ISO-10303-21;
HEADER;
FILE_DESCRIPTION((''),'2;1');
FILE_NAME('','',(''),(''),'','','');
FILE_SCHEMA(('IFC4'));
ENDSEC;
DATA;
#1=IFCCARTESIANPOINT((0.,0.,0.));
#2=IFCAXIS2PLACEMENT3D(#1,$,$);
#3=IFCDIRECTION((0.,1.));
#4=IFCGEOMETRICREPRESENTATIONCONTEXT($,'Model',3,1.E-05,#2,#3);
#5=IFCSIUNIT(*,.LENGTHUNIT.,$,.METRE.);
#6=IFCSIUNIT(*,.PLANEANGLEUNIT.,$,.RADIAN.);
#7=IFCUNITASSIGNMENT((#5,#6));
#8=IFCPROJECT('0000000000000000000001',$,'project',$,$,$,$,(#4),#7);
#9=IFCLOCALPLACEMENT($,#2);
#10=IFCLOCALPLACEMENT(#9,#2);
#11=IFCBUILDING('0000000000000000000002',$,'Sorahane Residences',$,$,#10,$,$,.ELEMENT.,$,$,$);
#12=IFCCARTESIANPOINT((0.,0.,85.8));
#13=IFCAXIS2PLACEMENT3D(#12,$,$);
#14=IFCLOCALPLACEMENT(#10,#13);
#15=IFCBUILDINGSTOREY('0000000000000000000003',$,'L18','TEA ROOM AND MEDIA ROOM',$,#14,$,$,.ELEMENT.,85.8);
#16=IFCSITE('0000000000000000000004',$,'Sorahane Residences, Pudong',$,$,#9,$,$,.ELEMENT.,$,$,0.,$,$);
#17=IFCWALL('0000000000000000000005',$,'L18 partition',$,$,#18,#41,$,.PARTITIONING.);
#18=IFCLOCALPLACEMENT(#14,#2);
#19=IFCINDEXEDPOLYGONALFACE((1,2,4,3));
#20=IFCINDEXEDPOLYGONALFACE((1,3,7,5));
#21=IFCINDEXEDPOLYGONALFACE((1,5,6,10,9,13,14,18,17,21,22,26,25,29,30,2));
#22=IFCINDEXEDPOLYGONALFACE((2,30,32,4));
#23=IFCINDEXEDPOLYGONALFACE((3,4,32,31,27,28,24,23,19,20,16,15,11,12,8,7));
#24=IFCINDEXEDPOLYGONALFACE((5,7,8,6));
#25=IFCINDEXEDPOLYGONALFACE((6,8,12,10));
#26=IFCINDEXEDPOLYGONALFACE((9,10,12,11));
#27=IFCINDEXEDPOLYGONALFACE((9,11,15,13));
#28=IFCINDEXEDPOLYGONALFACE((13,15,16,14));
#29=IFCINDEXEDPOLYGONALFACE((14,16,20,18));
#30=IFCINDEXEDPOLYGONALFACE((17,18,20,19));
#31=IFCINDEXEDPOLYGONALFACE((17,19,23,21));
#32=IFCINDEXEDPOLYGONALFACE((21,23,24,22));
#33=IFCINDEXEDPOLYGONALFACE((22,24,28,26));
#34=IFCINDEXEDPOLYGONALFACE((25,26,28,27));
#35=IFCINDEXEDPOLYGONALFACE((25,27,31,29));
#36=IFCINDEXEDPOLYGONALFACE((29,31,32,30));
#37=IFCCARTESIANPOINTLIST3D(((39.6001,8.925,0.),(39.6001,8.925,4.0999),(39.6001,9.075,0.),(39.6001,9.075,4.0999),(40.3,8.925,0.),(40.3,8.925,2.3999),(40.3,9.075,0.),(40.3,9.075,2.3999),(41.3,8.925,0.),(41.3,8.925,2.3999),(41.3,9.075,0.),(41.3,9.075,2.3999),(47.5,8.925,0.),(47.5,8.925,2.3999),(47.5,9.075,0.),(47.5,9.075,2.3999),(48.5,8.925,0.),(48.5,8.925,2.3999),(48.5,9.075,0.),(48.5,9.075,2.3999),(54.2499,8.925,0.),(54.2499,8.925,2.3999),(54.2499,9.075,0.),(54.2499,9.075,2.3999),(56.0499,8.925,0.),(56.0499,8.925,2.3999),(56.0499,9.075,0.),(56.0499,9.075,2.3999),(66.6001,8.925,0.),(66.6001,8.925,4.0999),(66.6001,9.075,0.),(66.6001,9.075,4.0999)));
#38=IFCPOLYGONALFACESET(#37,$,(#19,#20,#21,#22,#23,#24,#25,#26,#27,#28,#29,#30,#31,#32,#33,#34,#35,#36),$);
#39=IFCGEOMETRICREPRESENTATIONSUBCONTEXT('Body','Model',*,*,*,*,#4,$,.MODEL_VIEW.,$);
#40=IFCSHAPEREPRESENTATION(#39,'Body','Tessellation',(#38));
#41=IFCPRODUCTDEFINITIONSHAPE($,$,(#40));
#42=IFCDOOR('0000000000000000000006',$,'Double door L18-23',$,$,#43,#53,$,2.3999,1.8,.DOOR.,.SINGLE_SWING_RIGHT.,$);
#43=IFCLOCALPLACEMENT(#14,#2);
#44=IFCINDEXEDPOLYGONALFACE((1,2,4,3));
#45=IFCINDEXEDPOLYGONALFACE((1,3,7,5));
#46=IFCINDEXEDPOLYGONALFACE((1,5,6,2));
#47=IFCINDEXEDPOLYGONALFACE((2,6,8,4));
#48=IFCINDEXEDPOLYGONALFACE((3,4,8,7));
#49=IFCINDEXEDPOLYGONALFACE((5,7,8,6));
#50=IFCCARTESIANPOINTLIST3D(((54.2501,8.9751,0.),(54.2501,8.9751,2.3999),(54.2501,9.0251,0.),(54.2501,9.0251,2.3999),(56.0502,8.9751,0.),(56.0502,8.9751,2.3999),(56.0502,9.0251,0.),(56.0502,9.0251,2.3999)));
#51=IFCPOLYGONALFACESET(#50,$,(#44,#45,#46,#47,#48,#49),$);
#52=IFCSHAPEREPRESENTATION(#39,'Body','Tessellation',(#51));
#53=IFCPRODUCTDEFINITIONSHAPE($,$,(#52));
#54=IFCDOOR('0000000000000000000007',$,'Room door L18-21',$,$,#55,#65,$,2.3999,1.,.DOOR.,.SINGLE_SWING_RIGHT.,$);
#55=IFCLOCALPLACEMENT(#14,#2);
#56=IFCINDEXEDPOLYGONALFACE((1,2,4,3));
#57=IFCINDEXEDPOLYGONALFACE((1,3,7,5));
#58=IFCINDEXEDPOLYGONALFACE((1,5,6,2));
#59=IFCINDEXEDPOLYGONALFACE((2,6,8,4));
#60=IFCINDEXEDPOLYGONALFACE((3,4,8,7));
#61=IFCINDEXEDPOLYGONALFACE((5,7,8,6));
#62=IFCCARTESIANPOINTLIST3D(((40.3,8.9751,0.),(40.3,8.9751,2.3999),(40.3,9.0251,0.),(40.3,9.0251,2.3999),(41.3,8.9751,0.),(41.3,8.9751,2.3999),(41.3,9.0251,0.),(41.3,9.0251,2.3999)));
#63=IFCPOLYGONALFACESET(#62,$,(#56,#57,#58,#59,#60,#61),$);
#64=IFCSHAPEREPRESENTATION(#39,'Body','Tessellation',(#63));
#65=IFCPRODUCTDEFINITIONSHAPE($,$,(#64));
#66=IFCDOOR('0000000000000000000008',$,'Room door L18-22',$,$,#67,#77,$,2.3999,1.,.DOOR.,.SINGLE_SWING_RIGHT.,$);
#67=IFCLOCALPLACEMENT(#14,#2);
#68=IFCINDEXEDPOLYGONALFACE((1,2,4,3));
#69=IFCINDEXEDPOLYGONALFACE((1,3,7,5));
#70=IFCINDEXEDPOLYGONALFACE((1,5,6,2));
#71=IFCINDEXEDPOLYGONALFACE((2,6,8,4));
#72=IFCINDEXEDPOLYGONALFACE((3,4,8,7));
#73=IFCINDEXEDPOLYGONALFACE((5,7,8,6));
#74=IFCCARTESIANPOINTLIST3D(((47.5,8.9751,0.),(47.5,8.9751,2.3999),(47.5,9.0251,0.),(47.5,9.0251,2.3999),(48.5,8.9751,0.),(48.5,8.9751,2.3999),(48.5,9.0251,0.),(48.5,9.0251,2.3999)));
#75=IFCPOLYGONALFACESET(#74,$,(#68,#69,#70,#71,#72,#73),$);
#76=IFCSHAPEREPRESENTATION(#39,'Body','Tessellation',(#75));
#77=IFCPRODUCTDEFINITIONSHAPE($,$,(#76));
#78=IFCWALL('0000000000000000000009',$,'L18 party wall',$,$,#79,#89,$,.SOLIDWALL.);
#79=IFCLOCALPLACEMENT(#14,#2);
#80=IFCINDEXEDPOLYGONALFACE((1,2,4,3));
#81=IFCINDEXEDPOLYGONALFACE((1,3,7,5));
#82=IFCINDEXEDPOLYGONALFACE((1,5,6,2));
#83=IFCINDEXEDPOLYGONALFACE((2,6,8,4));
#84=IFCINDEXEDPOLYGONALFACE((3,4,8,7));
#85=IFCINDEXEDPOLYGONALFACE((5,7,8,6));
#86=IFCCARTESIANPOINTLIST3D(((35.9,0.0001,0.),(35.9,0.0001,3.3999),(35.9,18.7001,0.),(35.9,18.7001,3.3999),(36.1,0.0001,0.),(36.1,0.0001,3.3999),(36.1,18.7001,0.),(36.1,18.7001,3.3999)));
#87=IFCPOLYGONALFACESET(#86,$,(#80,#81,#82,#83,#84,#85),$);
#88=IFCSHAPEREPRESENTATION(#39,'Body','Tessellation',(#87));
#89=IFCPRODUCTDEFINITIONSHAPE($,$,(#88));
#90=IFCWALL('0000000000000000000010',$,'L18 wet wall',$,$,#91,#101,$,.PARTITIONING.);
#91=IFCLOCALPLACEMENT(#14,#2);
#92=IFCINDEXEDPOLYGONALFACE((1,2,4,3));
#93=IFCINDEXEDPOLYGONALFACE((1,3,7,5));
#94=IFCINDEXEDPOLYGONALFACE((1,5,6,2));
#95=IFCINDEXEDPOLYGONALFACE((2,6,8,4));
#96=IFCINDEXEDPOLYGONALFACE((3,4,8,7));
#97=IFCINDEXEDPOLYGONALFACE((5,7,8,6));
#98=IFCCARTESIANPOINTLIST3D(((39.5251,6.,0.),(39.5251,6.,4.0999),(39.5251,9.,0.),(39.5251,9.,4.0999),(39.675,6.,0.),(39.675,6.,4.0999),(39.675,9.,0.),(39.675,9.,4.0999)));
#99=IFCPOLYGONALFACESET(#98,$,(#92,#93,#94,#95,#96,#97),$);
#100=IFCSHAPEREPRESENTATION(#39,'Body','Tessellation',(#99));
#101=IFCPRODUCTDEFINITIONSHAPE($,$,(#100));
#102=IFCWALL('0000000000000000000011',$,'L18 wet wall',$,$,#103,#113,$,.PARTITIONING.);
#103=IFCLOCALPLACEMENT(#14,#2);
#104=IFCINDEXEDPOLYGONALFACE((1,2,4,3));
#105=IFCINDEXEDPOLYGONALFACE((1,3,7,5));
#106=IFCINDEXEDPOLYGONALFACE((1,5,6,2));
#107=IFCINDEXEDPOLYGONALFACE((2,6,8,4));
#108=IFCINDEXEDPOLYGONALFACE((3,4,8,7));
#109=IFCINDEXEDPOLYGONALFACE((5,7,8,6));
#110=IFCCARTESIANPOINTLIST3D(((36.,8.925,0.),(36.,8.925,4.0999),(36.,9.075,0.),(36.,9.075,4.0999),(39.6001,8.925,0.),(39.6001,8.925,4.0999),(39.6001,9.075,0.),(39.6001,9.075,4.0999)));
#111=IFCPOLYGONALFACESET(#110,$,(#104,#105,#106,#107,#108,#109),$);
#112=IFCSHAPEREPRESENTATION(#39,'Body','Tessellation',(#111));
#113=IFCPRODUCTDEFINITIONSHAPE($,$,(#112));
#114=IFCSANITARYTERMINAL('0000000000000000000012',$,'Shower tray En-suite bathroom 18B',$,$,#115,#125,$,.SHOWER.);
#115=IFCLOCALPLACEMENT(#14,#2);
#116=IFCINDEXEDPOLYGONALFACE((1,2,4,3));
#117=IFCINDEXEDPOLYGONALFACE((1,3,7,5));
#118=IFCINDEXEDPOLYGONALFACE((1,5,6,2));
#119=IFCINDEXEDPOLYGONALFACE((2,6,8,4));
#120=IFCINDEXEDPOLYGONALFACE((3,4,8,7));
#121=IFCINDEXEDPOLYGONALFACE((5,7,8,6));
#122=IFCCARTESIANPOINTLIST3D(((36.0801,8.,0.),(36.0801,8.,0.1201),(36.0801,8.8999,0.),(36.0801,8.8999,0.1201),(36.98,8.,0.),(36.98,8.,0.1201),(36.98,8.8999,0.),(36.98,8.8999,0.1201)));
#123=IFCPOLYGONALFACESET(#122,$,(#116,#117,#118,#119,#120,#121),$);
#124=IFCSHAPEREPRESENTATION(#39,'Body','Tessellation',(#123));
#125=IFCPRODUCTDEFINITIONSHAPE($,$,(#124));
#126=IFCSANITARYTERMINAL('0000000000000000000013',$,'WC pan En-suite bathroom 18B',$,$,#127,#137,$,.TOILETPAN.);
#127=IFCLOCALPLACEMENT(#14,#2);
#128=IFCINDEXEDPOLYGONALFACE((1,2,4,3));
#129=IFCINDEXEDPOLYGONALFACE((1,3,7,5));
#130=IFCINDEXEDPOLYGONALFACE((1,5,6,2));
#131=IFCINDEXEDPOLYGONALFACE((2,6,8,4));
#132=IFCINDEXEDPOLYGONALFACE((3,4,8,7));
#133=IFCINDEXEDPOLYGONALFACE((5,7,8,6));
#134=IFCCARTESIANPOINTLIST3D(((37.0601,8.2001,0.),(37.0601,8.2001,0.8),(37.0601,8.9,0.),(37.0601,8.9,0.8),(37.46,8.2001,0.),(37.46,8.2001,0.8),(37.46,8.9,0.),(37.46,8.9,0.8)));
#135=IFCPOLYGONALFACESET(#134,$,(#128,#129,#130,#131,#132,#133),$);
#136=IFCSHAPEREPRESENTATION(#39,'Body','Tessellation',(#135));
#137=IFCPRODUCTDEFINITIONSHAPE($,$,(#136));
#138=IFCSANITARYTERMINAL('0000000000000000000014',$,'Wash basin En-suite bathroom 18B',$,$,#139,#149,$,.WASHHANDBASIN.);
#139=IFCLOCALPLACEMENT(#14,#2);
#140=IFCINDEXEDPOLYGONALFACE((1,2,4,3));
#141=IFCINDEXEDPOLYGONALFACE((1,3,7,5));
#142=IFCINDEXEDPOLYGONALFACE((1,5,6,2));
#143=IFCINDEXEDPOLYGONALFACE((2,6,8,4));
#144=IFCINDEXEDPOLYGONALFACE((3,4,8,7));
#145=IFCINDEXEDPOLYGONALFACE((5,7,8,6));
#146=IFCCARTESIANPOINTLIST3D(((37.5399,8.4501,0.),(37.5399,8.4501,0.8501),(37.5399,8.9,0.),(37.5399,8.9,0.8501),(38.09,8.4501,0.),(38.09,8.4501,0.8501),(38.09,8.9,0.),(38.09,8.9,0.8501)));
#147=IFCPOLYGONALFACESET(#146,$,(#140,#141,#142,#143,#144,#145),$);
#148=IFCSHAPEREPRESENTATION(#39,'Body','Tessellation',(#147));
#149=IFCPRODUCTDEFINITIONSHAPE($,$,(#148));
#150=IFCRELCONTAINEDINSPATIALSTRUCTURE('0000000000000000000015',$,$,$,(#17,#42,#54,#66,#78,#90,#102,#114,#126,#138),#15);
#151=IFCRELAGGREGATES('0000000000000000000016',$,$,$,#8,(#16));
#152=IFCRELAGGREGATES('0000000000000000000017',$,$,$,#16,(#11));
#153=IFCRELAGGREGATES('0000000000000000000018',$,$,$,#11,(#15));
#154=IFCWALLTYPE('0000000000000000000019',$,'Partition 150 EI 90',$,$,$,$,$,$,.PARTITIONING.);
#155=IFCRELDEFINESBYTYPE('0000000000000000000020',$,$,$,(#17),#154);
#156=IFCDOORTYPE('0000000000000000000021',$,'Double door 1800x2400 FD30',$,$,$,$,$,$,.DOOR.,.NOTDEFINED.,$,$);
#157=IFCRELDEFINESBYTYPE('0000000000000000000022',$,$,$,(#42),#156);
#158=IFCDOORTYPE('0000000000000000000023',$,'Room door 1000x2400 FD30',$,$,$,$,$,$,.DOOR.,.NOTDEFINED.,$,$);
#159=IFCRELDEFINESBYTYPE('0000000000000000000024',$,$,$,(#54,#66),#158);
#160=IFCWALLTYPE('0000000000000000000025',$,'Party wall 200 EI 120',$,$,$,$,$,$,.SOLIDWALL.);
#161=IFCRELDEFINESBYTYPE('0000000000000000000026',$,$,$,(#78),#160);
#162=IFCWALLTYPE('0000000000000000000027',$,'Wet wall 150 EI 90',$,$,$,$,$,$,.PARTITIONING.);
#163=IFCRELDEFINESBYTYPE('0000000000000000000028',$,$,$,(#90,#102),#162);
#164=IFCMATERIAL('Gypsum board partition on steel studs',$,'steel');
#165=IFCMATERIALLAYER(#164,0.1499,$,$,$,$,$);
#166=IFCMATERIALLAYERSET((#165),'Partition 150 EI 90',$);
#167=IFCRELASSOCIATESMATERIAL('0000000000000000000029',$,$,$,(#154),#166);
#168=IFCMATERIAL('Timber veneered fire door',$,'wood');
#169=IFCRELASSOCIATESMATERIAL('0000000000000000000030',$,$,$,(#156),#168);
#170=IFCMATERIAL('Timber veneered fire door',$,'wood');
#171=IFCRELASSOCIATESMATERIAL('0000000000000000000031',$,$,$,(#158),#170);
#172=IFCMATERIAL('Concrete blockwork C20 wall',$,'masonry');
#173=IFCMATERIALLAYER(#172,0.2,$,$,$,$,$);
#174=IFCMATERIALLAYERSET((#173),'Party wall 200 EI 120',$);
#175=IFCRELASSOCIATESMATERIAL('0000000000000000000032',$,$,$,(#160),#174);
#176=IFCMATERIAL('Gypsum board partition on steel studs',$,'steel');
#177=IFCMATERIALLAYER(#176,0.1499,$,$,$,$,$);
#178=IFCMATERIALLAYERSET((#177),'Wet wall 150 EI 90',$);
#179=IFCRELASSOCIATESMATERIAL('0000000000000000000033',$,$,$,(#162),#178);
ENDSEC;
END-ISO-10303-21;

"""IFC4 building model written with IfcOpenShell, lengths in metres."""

from ifc_helpers import new_model, si_unit, direction, frame, frame_2d, origin, origin_2d, place, context, subcontext, project, spatial, rectangle, extrude, material, layer, layer_set, type_object, element, fill, save


model = new_model("IFC4")

# Units and contexts
model_context = context("Model", 3, precision=1e-05, world=origin(), true_north=direction((0.0, 1.0)))
body_context = subcontext(model_context, "Body", "Model", "MODEL_VIEW")
ifc_project = project(units=[si_unit("LENGTHUNIT", "METRE"), si_unit("PLANEANGLEUNIT", "RADIAN")], contexts=[model_context])

# Site, building, storey
site_placement = place(None, origin())
site = spatial("IfcSite", under=ifc_project, at=site_placement, Name="Sorahane Residences, Pudong", CompositionType="ELEMENT", RefElevation=0.0)
building_placement = place(site_placement, origin())
building = spatial("IfcBuilding", under=site, at=building_placement, Name="Sorahane Residences", CompositionType="ELEMENT")
storey_placement = place(building_placement, frame((0.0, 0.0, 85.8)))
storey = spatial("IfcBuildingStorey", under=building, at=storey_placement, Name="L18", Description="TEA ROOM AND MEDIA ROOM", CompositionType="ELEMENT", Elevation=85.8)

# Shared definitions
ifc_material_1 = material(Name="Gypsum board partition on steel studs", Category="steel")
ifc_layer_1 = layer(ifc_material_1, 0.1499)
ifc_layer_set_1 = layer_set([ifc_layer_1], Name="Partition 150 EI 90")
wall_type_1 = type_object("IfcWallType", Name="Partition 150 EI 90", PredefinedType="PARTITIONING", material=ifc_layer_set_1)

# Wall, openings, doors
ifc_material_2 = material(Name="Timber veneered fire door", Category="wood")
door_type_1 = type_object("IfcDoorType", Name="Double door 1800x2400 FD30", OperationType="NOTDEFINED", PredefinedType="DOOR", material=ifc_material_2)
ifc_material_3 = material(Name="Timber veneered fire door", Category="wood")
door_type_2 = type_object("IfcDoorType", Name="Room door 1000x2400 FD30", OperationType="NOTDEFINED", PredefinedType="DOOR", material=ifc_material_3)
wall_1_placement = place(storey_placement, frame((39.6001, 9.0, 0.0), z_axis=(0.0, 0.0, 1.0), x_axis=(1.0, 0.0, 0.0)))
wall_1 = element("IfcWall", 1, at=wall_1_placement, inside=storey, type_object=wall_type_1, Name="L18 partition", PredefinedType="PARTITIONING", context=body_context, shape_type="SweptSolid", body=[
    extrude(rectangle(XDim=27.0, YDim=0.1499, at=frame_2d((13.5, 0.0))), origin(), (0.0, 0.0, 1.0), 4.0999),
])
opening_1_placement = place(wall_1_placement, frame((0.7, 0.0, 0.0)))
opening_1 = element("IfcOpeningElement", 2, at=opening_1_placement, cuts=wall_1, PredefinedType="OPENING", context=body_context, shape_type="SweptSolid", body=[
    extrude(rectangle(XDim=1.0, YDim=2.3999, at=frame_2d((0.5, 1.2))), frame((0.0, 0.085, 0.0), z_axis=(0.0, -1.0, 0.0), x_axis=(1.0, 0.0, 0.0)), (0.0, 0.0, 1.0), 0.1699),
])
opening_2_placement = place(wall_1_placement, frame((7.8999, 0.0, 0.0)))
opening_2 = element("IfcOpeningElement", 3, at=opening_2_placement, cuts=wall_1, PredefinedType="OPENING", context=body_context, shape_type="SweptSolid", body=[
    extrude(rectangle(XDim=1.0, YDim=2.3999, at=frame_2d((0.5, 1.2))), frame((0.0, 0.085, 0.0), z_axis=(0.0, -1.0, 0.0), x_axis=(1.0, 0.0, 0.0)), (0.0, 0.0, 1.0), 0.1699),
])
opening_3_placement = place(wall_1_placement, frame((14.6499, 0.0, 0.0)))
opening_3 = element("IfcOpeningElement", 4, at=opening_3_placement, cuts=wall_1, PredefinedType="OPENING", context=body_context, shape_type="SweptSolid", body=[
    extrude(rectangle(XDim=1.8, YDim=2.3999, at=frame_2d((0.8999, 1.2))), frame((0.0, 0.085, 0.0), z_axis=(0.0, -1.0, 0.0), x_axis=(1.0, 0.0, 0.0)), (0.0, 0.0, 1.0), 0.1699),
])
door_1_placement = place(opening_3_placement, frame((1.8, 0.0, 0.0), z_axis=(0.0, 0.0, 1.0), x_axis=(-1.0, 0.0, 0.0)))
door_1 = element("IfcDoor", 5, at=door_1_placement, inside=storey, type_object=door_type_1, Name="Double door L18-23", OperationType="SINGLE_SWING_RIGHT", OverallHeight=2.3999, OverallWidth=1.8, PredefinedType="DOOR", context=body_context, shape_type="SweptSolid", body=[
    extrude(rectangle(XDim=1.8, YDim=2.3999, at=frame_2d((0.8999, 1.2))), frame((0.0, 0.0249, 0.0), z_axis=(0.0, -1.0, 0.0), x_axis=(1.0, 0.0, 0.0)), (0.0, 0.0, 1.0), 0.05),
])
fill(opening_3, door_1)
door_2_placement = place(opening_1_placement, frame((1.0, 0.0, 0.0), z_axis=(0.0, 0.0, 1.0), x_axis=(-1.0, 0.0, 0.0)))
door_2 = element("IfcDoor", 6, at=door_2_placement, inside=storey, type_object=door_type_2, Name="Room door L18-21", OperationType="SINGLE_SWING_RIGHT", OverallHeight=2.3999, OverallWidth=1.0, PredefinedType="DOOR", context=body_context, shape_type="SweptSolid", body=[
    extrude(rectangle(XDim=1.0, YDim=2.3999, at=frame_2d((0.5, 1.2))), frame((0.0, 0.0249, 0.0), z_axis=(0.0, -1.0, 0.0), x_axis=(1.0, 0.0, 0.0)), (0.0, 0.0, 1.0), 0.05),
])
fill(opening_1, door_2)
door_3_placement = place(opening_2_placement, frame((1.0, 0.0, 0.0), z_axis=(0.0, 0.0, 1.0), x_axis=(-1.0, 0.0, 0.0)))
door_3 = element("IfcDoor", 7, at=door_3_placement, inside=storey, type_object=door_type_2, Name="Room door L18-22", OperationType="SINGLE_SWING_RIGHT", OverallHeight=2.3999, OverallWidth=1.0, PredefinedType="DOOR", context=body_context, shape_type="SweptSolid", body=[
    extrude(rectangle(XDim=1.0, YDim=2.3999, at=frame_2d((0.5, 1.2))), frame((0.0, 0.0249, 0.0), z_axis=(0.0, -1.0, 0.0), x_axis=(1.0, 0.0, 0.0)), (0.0, 0.0, 1.0), 0.05),
])
fill(opening_2, door_3)

# Walls
ifc_material_4 = material(Name="Concrete blockwork C20 wall", Category="masonry")
ifc_layer_2 = layer(ifc_material_4, 0.2)
ifc_layer_set_2 = layer_set([ifc_layer_2], Name="Party wall 200 EI 120")
wall_type_2 = type_object("IfcWallType", Name="Party wall 200 EI 120", PredefinedType="SOLIDWALL", material=ifc_layer_set_2)
wall_2_placement = place(storey_placement, frame((36.0, 0.0, 0.0), z_axis=(0.0, 0.0, 1.0), x_axis=(0.0, 1.0, 0.0)))
element("IfcWall", 8, at=wall_2_placement, inside=storey, type_object=wall_type_2, Name="L18 party wall", PredefinedType="SOLIDWALL", context=body_context, shape_type="SweptSolid", body=[
    extrude(rectangle(XDim=18.7, YDim=0.2, at=frame_2d((9.3501, 0.0))), origin(), (0.0, 0.0, 1.0), 3.3999),
])
ifc_material_5 = material(Name="Gypsum board partition on steel studs", Category="steel")
ifc_layer_3 = layer(ifc_material_5, 0.1499)
ifc_layer_set_3 = layer_set([ifc_layer_3], Name="Wet wall 150 EI 90")
wall_type_3 = type_object("IfcWallType", Name="Wet wall 150 EI 90", PredefinedType="PARTITIONING", material=ifc_layer_set_3)
wall_3_placement = place(storey_placement, frame((39.6001, 6.0, 0.0), z_axis=(0.0, 0.0, 1.0), x_axis=(0.0, 1.0, 0.0)))
element("IfcWall", 9, at=wall_3_placement, inside=storey, type_object=wall_type_3, Name="L18 wet wall", PredefinedType="PARTITIONING", context=body_context, shape_type="SweptSolid", body=[
    extrude(rectangle(XDim=3.0, YDim=0.1499, at=frame_2d((1.5, 0.0))), origin(), (0.0, 0.0, 1.0), 4.0999),
])

# Wall
wall_4_placement = place(storey_placement, frame((36.0, 9.0, 0.0), z_axis=(0.0, 0.0, 1.0), x_axis=(1.0, 0.0, 0.0)))
element("IfcWall", 10, at=wall_4_placement, inside=storey, type_object=wall_type_3, Name="L18 wet wall", PredefinedType="PARTITIONING", context=body_context, shape_type="SweptSolid", body=[
    extrude(rectangle(XDim=3.6001, YDim=0.1499, at=frame_2d((1.8, 0.0))), origin(), (0.0, 0.0, 1.0), 4.0999),
])

# Sanitary terminals
sanitary_terminal_1_placement = place(storey_placement, frame((36.53, 8.45, 0.0), z_axis=(0.0, 0.0, 1.0), x_axis=(1.0, 0.0, 0.0)))
element("IfcSanitaryTerminal", 11, at=sanitary_terminal_1_placement, inside=storey, Name="Shower tray En-suite bathroom 18B", PredefinedType="SHOWER", context=body_context, shape_type="SweptSolid", body=[
    extrude(rectangle(XDim=0.8999, YDim=0.8999, at=origin_2d()), origin(), (0.0, 0.0, 1.0), 0.1201),
])
sanitary_terminal_2_placement = place(storey_placement, frame((37.26, 8.55, 0.0), z_axis=(0.0, 0.0, 1.0), x_axis=(1.0, 0.0, 0.0)))
element("IfcSanitaryTerminal", 12, at=sanitary_terminal_2_placement, inside=storey, Name="WC pan En-suite bathroom 18B", PredefinedType="TOILETPAN", context=body_context, shape_type="SweptSolid", body=[
    extrude(rectangle(XDim=0.3999, YDim=0.7, at=origin_2d()), origin(), (0.0, 0.0, 1.0), 0.8),
])
sanitary_terminal_3_placement = place(storey_placement, frame((37.8149, 8.675, 0.0), z_axis=(0.0, 0.0, 1.0), x_axis=(1.0, 0.0, 0.0)))
element("IfcSanitaryTerminal", 13, at=sanitary_terminal_3_placement, inside=storey, Name="Wash basin En-suite bathroom 18B", PredefinedType="WASHHANDBASIN", context=body_context, shape_type="SweptSolid", body=[
    extrude(rectangle(XDim=0.55, YDim=0.45, at=origin_2d()), origin(), (0.0, 0.0, 1.0), 0.8501),
])

save(model, "model.ifc")
